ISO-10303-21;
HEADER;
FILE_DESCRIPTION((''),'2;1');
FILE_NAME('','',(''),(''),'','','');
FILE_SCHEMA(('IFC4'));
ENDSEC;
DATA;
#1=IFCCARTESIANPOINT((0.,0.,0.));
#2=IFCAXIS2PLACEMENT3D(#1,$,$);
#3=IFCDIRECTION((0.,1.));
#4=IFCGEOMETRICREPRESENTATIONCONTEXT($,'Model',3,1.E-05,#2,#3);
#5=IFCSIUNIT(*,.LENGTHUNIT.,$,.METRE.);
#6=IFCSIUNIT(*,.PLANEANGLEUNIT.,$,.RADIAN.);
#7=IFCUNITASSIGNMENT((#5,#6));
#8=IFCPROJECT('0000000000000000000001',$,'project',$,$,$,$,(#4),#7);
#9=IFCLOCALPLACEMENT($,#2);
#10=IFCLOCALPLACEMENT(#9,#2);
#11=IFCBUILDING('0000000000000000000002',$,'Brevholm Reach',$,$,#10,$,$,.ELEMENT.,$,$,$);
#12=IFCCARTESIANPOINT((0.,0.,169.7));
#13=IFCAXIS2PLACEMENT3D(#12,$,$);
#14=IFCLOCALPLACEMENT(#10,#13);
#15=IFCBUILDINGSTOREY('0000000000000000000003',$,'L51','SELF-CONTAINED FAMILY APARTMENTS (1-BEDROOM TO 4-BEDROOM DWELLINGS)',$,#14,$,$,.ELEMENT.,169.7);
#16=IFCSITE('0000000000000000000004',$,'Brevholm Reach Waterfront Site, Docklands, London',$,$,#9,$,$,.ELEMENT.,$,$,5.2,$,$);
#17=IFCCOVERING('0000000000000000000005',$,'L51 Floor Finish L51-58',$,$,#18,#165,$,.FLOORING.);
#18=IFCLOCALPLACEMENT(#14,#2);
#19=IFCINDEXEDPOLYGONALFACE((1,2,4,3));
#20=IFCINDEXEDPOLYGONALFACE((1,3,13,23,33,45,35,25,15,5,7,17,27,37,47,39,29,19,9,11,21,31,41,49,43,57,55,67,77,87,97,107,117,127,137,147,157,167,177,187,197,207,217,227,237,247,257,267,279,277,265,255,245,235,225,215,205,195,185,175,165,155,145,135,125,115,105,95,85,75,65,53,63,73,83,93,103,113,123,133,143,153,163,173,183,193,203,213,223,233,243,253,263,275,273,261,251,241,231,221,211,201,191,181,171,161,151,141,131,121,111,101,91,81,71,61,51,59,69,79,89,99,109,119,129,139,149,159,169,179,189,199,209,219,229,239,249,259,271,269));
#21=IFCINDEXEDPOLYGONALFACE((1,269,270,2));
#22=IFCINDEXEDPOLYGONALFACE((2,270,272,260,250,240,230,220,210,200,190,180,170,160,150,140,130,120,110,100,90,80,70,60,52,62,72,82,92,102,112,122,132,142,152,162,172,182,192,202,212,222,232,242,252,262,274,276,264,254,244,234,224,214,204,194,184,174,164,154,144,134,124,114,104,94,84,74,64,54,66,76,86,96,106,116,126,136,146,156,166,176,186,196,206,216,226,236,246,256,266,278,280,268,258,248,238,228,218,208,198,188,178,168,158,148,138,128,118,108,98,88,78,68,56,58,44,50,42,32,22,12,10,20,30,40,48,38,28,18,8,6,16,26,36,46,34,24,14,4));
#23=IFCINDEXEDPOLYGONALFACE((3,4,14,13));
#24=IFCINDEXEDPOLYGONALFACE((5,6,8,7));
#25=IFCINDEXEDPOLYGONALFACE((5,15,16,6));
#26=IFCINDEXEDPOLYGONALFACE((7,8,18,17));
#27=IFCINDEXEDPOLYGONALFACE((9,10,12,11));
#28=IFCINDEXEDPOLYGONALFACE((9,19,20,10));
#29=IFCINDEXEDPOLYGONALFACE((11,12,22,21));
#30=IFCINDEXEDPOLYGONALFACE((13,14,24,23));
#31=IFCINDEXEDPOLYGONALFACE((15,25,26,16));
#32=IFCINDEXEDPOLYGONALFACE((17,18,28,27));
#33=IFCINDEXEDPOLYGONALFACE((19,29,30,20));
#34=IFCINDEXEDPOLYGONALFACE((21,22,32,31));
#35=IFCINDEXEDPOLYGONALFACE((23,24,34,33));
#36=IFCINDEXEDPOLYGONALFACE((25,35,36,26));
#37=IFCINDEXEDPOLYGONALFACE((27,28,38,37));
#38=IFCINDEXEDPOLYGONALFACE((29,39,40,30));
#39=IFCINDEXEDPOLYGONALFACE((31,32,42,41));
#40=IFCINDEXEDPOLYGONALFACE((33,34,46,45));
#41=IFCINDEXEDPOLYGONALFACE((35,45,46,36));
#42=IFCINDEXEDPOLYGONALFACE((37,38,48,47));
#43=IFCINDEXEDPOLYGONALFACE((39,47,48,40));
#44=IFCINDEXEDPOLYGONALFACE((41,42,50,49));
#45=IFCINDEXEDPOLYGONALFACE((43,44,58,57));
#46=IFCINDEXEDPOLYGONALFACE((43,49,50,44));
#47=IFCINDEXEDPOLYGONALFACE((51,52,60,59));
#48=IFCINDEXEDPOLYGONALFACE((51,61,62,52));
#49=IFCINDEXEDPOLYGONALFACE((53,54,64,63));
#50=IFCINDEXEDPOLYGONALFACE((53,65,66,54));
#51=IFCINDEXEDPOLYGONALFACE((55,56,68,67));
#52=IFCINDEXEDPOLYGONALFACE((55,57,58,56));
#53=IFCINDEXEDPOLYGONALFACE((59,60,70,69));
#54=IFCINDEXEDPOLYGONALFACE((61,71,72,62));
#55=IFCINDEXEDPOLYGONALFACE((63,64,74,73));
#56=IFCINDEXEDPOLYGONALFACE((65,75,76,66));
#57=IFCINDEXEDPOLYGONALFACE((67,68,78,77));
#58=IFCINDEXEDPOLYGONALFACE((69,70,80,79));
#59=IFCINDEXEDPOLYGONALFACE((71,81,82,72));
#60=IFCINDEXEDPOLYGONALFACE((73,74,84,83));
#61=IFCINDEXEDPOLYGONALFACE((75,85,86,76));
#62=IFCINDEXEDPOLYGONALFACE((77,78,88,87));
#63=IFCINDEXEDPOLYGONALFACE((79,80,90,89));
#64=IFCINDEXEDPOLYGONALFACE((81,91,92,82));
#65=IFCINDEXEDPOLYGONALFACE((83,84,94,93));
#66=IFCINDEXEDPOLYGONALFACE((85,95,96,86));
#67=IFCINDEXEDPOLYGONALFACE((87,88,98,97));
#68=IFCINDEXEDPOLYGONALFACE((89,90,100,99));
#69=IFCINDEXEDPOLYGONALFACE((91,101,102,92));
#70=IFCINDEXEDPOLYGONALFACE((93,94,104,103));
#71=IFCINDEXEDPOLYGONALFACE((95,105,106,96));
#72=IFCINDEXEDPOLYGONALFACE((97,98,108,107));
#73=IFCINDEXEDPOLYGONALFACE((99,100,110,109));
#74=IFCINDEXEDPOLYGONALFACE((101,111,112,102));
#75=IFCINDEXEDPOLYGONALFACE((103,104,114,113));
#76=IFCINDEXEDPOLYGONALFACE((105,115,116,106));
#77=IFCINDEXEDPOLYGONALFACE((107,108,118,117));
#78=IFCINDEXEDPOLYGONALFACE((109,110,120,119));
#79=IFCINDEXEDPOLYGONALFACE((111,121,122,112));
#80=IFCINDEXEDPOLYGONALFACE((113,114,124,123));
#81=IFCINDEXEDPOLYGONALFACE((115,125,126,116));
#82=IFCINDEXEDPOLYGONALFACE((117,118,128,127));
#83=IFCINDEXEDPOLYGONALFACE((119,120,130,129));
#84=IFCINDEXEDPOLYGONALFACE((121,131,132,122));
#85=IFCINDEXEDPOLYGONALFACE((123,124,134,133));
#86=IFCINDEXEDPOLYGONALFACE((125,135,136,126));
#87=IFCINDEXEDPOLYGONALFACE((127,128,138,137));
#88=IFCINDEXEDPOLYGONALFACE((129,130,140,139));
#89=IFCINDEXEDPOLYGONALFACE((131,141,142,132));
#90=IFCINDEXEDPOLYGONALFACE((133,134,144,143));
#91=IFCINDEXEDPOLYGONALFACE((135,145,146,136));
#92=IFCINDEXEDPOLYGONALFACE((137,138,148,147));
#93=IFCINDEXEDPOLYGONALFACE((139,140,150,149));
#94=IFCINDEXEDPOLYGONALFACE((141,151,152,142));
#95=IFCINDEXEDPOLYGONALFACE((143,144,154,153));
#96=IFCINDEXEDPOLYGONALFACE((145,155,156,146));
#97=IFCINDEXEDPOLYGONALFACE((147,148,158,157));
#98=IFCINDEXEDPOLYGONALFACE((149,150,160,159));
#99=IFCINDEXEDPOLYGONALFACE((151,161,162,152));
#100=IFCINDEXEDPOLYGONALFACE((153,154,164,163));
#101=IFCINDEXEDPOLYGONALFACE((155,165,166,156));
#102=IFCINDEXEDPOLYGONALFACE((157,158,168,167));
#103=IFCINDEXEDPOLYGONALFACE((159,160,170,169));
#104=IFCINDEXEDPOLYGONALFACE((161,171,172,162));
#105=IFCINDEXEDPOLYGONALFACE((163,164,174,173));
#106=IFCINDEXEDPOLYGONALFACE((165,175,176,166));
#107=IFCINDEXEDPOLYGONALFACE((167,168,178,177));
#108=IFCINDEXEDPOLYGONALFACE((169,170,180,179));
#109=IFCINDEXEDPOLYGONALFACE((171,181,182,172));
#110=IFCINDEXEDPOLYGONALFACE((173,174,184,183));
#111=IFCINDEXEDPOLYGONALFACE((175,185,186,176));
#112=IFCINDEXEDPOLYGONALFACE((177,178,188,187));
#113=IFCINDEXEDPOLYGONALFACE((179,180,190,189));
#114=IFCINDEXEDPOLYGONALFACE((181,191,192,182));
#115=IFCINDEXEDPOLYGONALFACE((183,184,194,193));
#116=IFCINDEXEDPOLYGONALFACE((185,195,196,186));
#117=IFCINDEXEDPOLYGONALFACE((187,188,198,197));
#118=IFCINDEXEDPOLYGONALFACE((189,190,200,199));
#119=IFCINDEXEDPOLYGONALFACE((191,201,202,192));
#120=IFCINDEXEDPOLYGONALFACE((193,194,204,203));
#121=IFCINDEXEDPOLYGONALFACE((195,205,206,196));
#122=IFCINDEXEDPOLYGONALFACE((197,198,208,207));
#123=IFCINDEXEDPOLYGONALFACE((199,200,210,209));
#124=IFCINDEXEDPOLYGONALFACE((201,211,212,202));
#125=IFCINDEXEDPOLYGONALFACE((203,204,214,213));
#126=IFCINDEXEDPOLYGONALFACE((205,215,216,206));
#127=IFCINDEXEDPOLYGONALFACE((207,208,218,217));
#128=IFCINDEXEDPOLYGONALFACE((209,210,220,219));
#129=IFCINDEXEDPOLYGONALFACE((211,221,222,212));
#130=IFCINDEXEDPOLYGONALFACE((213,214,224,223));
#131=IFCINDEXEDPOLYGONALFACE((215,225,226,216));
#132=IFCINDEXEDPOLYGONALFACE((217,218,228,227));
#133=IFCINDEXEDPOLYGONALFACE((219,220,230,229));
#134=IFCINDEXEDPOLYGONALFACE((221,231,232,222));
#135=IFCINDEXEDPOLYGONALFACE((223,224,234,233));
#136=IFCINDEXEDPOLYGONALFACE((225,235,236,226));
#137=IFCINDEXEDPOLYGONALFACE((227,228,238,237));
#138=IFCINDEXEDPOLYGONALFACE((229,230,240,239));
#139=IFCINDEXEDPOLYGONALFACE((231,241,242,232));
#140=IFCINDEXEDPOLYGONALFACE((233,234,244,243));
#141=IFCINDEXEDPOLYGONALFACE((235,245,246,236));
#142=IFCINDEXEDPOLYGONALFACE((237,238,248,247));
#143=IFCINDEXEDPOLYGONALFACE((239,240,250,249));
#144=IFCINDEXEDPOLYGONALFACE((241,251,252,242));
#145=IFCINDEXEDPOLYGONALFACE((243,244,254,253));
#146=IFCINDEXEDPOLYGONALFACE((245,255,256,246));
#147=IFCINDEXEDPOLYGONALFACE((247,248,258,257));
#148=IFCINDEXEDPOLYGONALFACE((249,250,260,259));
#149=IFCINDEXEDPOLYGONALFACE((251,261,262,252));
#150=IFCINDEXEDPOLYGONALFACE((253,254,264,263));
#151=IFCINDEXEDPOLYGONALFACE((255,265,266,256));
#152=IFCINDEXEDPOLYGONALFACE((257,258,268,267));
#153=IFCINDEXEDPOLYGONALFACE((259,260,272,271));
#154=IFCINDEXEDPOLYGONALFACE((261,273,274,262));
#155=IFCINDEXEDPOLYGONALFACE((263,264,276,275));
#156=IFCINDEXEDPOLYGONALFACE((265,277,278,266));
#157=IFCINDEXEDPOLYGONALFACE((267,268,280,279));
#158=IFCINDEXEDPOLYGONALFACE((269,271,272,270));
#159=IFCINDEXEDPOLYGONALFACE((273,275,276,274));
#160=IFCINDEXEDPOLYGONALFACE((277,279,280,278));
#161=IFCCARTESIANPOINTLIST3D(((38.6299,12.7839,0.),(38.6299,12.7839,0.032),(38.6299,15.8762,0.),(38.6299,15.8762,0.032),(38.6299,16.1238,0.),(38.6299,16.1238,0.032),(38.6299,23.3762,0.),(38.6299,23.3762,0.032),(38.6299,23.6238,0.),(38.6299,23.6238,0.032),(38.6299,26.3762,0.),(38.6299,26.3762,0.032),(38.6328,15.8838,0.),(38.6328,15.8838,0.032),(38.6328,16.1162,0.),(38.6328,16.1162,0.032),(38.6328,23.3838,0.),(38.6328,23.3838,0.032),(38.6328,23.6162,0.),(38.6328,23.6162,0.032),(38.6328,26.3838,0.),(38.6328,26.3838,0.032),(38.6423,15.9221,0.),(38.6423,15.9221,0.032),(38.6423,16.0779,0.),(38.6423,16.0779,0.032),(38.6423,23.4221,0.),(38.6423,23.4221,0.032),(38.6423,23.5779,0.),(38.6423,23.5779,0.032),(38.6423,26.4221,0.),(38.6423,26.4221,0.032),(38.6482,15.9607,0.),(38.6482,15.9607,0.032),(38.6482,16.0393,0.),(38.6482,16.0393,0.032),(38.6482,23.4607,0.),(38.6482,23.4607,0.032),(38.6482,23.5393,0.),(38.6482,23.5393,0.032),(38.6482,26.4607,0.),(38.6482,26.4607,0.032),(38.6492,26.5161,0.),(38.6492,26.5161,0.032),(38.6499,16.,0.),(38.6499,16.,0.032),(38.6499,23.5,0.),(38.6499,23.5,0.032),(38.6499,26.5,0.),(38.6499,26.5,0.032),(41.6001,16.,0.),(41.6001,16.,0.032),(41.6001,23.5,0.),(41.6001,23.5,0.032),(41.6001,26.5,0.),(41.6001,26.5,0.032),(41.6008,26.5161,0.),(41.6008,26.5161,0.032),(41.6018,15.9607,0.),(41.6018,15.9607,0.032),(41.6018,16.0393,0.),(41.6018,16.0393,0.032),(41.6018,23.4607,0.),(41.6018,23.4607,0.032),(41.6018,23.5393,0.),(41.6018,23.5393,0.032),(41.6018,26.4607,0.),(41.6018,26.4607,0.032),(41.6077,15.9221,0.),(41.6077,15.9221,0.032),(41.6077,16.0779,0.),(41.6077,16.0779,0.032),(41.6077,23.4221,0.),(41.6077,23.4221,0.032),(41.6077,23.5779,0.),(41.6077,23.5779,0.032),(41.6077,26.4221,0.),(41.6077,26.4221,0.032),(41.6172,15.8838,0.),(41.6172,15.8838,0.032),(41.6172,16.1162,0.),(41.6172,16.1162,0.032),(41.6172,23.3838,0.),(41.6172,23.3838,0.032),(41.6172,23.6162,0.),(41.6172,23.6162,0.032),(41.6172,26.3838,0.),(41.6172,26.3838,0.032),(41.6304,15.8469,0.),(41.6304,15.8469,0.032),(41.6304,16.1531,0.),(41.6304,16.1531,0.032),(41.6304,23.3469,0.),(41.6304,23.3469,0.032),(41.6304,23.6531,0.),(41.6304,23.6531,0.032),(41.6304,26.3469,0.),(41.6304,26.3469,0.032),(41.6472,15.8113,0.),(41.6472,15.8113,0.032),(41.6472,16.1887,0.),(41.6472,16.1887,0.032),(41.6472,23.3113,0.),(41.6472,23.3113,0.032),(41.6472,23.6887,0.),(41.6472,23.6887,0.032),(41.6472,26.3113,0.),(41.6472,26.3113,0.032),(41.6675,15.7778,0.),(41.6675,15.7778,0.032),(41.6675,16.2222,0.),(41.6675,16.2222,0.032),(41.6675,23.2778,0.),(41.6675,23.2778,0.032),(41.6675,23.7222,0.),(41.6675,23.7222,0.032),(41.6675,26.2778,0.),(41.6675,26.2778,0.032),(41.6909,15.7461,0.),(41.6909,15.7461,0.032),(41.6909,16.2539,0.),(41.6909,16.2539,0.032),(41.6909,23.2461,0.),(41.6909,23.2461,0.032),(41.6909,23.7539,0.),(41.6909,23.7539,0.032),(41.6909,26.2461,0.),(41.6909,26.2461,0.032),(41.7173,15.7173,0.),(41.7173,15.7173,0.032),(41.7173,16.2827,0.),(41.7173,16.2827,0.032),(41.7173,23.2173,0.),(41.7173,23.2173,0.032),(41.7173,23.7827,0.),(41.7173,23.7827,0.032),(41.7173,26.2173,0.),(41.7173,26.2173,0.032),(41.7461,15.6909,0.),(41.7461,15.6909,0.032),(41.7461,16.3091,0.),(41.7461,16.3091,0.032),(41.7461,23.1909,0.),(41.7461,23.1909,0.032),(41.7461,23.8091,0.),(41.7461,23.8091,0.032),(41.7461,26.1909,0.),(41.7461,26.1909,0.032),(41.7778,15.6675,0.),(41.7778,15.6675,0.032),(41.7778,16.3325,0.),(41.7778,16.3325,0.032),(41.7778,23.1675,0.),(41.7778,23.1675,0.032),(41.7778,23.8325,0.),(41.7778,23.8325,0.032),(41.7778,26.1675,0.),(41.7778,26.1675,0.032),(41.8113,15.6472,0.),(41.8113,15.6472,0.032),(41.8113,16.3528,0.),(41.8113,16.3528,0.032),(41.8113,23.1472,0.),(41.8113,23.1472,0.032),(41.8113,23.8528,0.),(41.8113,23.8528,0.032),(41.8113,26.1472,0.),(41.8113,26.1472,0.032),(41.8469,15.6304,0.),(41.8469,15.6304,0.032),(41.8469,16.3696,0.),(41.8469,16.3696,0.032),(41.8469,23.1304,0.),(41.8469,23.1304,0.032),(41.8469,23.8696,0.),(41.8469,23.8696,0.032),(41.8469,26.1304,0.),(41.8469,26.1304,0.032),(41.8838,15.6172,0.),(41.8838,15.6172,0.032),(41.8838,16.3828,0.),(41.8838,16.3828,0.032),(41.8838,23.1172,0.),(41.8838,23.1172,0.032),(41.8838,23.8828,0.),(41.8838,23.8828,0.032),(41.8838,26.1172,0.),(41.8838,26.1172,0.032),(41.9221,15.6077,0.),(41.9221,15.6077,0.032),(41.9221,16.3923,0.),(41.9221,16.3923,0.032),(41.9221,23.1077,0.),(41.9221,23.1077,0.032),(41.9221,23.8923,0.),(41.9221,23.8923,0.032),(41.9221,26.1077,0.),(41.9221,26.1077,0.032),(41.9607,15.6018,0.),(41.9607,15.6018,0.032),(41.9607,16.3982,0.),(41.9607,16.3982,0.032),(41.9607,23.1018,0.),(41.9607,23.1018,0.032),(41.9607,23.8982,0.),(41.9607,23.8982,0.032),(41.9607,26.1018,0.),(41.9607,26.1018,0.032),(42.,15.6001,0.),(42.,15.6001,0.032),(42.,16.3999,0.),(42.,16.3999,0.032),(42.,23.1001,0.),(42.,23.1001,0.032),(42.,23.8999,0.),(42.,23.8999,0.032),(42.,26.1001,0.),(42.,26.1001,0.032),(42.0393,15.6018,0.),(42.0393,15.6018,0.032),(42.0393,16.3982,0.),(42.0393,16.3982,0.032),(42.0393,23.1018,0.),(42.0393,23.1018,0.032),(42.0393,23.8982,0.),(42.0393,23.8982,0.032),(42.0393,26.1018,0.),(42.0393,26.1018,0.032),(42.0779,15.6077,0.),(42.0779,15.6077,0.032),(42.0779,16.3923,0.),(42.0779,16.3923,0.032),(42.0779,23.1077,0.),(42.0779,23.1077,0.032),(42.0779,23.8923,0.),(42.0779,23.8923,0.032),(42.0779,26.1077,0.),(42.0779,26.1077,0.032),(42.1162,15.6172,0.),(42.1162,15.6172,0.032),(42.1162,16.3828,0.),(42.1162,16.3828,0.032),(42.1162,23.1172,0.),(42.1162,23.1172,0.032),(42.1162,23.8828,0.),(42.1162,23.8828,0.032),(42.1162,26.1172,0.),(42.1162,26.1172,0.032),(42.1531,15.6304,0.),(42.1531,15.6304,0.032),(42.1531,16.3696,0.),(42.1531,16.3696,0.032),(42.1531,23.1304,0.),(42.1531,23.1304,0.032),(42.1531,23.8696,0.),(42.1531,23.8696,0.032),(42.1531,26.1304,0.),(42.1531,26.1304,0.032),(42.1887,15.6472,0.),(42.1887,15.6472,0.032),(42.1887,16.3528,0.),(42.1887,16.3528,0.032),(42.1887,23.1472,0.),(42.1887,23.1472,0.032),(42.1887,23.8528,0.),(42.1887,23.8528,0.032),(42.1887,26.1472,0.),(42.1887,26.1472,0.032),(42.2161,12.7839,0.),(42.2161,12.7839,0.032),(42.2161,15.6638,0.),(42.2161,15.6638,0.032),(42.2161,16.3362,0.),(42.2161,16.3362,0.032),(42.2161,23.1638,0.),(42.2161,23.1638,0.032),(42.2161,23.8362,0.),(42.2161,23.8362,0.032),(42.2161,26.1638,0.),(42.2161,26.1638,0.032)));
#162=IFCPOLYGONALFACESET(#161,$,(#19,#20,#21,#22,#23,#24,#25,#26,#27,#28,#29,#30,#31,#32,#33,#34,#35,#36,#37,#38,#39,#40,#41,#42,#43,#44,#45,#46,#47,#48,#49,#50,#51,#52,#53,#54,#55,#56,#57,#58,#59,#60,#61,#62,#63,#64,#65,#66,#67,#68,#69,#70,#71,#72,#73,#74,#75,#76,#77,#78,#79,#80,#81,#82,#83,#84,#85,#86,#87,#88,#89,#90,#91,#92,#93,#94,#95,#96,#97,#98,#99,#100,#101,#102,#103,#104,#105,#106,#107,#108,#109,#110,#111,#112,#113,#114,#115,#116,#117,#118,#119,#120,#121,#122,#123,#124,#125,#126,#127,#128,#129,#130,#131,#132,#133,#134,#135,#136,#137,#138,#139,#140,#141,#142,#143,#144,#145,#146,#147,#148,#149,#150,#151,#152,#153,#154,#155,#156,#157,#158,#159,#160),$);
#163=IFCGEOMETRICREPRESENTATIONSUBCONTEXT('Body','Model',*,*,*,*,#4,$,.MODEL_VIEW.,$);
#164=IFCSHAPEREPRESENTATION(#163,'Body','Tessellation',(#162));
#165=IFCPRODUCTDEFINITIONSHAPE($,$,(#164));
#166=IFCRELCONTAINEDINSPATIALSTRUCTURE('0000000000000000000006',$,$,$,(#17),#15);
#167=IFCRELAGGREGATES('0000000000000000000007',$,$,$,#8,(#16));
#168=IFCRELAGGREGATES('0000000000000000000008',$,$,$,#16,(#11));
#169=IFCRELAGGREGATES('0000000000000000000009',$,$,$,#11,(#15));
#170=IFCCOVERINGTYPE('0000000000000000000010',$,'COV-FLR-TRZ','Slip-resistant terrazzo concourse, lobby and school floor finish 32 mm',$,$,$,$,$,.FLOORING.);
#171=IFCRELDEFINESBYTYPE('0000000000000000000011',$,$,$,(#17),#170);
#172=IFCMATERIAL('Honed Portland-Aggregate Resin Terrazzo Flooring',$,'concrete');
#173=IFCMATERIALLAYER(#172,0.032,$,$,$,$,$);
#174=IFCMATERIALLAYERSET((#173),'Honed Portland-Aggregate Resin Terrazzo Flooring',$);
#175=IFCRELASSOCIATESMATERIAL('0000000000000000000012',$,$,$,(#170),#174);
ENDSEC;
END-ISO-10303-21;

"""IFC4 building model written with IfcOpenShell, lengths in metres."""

from ifc_helpers import new_model, si_unit, direction, frame, origin, place, context, subcontext, project, spatial, polyline, outline, extrude, material, layer, layer_set, type_object, element, save


model = new_model("IFC4")

# Units and contexts
model_context = context("Model", 3, precision=1e-05, world=origin(), true_north=direction((0.0, 1.0)))
body_context = subcontext(model_context, "Body", "Model", "MODEL_VIEW")
ifc_project = project(units=[si_unit("LENGTHUNIT", "METRE"), si_unit("PLANEANGLEUNIT", "RADIAN")], contexts=[model_context])

# Site, building, storey
site_placement = place(None, origin())
site = spatial("IfcSite", under=ifc_project, at=site_placement, Name="Brevholm Reach Waterfront Site, Docklands, London", CompositionType="ELEMENT", RefElevation=5.2)
building_placement = place(site_placement, origin())
building = spatial("IfcBuilding", under=site, at=building_placement, Name="Brevholm Reach", CompositionType="ELEMENT")
storey_placement = place(building_placement, frame((0.0, 0.0, 169.7)))
storey = spatial("IfcBuildingStorey", under=building, at=storey_placement, Name="L51", Description="SELF-CONTAINED FAMILY APARTMENTS (1-BEDROOM TO 4-BEDROOM DWELLINGS)", CompositionType="ELEMENT", Elevation=169.7)

# Covering
ifc_material_1 = material(Name="Honed Portland-Aggregate Resin Terrazzo Flooring", Category="concrete")
ifc_layer_1 = layer(ifc_material_1, 0.032)
ifc_layer_set_1 = layer_set([ifc_layer_1], Name="Honed Portland-Aggregate Resin Terrazzo Flooring")
covering_type_1 = type_object("IfcCoveringType", Name="COV-FLR-TRZ", Description="Slip-resistant terrazzo concourse, lobby and school floor finish 32 mm", PredefinedType="FLOORING", material=ifc_layer_set_1)
covering_1_placement = place(storey_placement, origin())
element("IfcCovering", 1, at=covering_1_placement, inside=storey, type_object=covering_type_1, Name="L51 Floor Finish L51-58", PredefinedType="FLOORING", context=body_context, shape_type="SweptSolid", body=[
    extrude(outline(polyline([(38.6299, 15.8762), (38.6328, 15.8838), (38.6423, 15.9221), (38.6482, 15.9607), (38.6499, 16.0), (38.6482, 16.0393), (38.6423, 16.0779), (38.6328, 16.1162), (38.6299, 16.1238), (38.6299, 23.3762), (38.6328, 23.3838), (38.6423, 23.4221), (38.6482, 23.4607), (38.6499, 23.5), (38.6482, 23.5393), (38.6423, 23.5779), (38.6328, 23.6162), (38.6299, 23.6238), (38.6299, 26.3762), (38.6328, 26.3838), (38.6423, 26.4221), (38.6482, 26.4607), (38.6499, 26.5), (38.6492, 26.5161), (41.6008, 26.5161), (41.6001, 26.5), (41.6018, 26.4607), (41.6077, 26.4221), (41.6172, 26.3838), (41.6304, 26.3469), (41.6472, 26.3113), (41.6675, 26.2778), (41.6909, 26.2461), (41.7173, 26.2173), (41.7461, 26.1909), (41.7778, 26.1675), (41.8113, 26.1472), (41.8469, 26.1304), (41.8838, 26.1172), (41.9221, 26.1077), (41.9607, 26.1018), (42.0, 26.1001), (42.0393, 26.1018), (42.0779, 26.1077), (42.1162, 26.1172), (42.1531, 26.1304), (42.1887, 26.1472), (42.2161, 26.1638), (42.2161, 23.8362), (42.1887, 23.8528), (42.1531, 23.8696), (42.1162, 23.8828), (42.0779, 23.8923), (42.0393, 23.8982), (42.0, 23.8999), (41.9607, 23.8982), (41.9221, 23.8923), (41.8838, 23.8828), (41.8469, 23.8696), (41.8113, 23.8528), (41.7778, 23.8325), (41.7461, 23.8091), (41.7173, 23.7827), (41.6909, 23.7539), (41.6675, 23.7222), (41.6472, 23.6887), (41.6304, 23.6531), (41.6172, 23.6162), (41.6077, 23.5779), (41.6018, 23.5393), (41.6001, 23.5), (41.6018, 23.4607), (41.6077, 23.4221), (41.6172, 23.3838), (41.6304, 23.3469), (41.6472, 23.3113), (41.6675, 23.2778), (41.6909, 23.2461), (41.7173, 23.2173), (41.7461, 23.1909), (41.7778, 23.1675), (41.8113, 23.1472), (41.8469, 23.1304), (41.8838, 23.1172), (41.9221, 23.1077), (41.9607, 23.1018), (42.0, 23.1001), (42.0393, 23.1018), (42.0779, 23.1077), (42.1162, 23.1172), (42.1531, 23.1304), (42.1887, 23.1472), (42.2161, 23.1638), (42.2161, 16.3362), (42.1887, 16.3528), (42.1531, 16.3696), (42.1162, 16.3828), (42.0779, 16.3923), (42.0393, 16.3982), (42.0, 16.3999), (41.9607, 16.3982), (41.9221, 16.3923), (41.8838, 16.3828), (41.8469, 16.3696), (41.8113, 16.3528), (41.7778, 16.3325), (41.7461, 16.3091), (41.7173, 16.2827), (41.6909, 16.2539), (41.6675, 16.2222), (41.6472, 16.1887), (41.6304, 16.1531), (41.6172, 16.1162), (41.6077, 16.0779), (41.6018, 16.0393), (41.6001, 16.0), (41.6018, 15.9607), (41.6077, 15.9221), (41.6172, 15.8838), (41.6304, 15.8469), (41.6472, 15.8113), (41.6675, 15.7778), (41.6909, 15.7461), (41.7173, 15.7173), (41.7461, 15.6909), (41.7778, 15.6675), (41.8113, 15.6472), (41.8469, 15.6304), (41.8838, 15.6172), (41.9221, 15.6077), (41.9607, 15.6018), (42.0, 15.6001), (42.0393, 15.6018), (42.0779, 15.6077), (42.1162, 15.6172), (42.1531, 15.6304), (42.1887, 15.6472), (42.2161, 15.6638), (42.2161, 12.7839), (38.6299, 12.7839), (38.6299, 15.8762)])), origin(), (0.0, 0.0, 1.0), 0.032),
])

save(model, "model.ifc")
